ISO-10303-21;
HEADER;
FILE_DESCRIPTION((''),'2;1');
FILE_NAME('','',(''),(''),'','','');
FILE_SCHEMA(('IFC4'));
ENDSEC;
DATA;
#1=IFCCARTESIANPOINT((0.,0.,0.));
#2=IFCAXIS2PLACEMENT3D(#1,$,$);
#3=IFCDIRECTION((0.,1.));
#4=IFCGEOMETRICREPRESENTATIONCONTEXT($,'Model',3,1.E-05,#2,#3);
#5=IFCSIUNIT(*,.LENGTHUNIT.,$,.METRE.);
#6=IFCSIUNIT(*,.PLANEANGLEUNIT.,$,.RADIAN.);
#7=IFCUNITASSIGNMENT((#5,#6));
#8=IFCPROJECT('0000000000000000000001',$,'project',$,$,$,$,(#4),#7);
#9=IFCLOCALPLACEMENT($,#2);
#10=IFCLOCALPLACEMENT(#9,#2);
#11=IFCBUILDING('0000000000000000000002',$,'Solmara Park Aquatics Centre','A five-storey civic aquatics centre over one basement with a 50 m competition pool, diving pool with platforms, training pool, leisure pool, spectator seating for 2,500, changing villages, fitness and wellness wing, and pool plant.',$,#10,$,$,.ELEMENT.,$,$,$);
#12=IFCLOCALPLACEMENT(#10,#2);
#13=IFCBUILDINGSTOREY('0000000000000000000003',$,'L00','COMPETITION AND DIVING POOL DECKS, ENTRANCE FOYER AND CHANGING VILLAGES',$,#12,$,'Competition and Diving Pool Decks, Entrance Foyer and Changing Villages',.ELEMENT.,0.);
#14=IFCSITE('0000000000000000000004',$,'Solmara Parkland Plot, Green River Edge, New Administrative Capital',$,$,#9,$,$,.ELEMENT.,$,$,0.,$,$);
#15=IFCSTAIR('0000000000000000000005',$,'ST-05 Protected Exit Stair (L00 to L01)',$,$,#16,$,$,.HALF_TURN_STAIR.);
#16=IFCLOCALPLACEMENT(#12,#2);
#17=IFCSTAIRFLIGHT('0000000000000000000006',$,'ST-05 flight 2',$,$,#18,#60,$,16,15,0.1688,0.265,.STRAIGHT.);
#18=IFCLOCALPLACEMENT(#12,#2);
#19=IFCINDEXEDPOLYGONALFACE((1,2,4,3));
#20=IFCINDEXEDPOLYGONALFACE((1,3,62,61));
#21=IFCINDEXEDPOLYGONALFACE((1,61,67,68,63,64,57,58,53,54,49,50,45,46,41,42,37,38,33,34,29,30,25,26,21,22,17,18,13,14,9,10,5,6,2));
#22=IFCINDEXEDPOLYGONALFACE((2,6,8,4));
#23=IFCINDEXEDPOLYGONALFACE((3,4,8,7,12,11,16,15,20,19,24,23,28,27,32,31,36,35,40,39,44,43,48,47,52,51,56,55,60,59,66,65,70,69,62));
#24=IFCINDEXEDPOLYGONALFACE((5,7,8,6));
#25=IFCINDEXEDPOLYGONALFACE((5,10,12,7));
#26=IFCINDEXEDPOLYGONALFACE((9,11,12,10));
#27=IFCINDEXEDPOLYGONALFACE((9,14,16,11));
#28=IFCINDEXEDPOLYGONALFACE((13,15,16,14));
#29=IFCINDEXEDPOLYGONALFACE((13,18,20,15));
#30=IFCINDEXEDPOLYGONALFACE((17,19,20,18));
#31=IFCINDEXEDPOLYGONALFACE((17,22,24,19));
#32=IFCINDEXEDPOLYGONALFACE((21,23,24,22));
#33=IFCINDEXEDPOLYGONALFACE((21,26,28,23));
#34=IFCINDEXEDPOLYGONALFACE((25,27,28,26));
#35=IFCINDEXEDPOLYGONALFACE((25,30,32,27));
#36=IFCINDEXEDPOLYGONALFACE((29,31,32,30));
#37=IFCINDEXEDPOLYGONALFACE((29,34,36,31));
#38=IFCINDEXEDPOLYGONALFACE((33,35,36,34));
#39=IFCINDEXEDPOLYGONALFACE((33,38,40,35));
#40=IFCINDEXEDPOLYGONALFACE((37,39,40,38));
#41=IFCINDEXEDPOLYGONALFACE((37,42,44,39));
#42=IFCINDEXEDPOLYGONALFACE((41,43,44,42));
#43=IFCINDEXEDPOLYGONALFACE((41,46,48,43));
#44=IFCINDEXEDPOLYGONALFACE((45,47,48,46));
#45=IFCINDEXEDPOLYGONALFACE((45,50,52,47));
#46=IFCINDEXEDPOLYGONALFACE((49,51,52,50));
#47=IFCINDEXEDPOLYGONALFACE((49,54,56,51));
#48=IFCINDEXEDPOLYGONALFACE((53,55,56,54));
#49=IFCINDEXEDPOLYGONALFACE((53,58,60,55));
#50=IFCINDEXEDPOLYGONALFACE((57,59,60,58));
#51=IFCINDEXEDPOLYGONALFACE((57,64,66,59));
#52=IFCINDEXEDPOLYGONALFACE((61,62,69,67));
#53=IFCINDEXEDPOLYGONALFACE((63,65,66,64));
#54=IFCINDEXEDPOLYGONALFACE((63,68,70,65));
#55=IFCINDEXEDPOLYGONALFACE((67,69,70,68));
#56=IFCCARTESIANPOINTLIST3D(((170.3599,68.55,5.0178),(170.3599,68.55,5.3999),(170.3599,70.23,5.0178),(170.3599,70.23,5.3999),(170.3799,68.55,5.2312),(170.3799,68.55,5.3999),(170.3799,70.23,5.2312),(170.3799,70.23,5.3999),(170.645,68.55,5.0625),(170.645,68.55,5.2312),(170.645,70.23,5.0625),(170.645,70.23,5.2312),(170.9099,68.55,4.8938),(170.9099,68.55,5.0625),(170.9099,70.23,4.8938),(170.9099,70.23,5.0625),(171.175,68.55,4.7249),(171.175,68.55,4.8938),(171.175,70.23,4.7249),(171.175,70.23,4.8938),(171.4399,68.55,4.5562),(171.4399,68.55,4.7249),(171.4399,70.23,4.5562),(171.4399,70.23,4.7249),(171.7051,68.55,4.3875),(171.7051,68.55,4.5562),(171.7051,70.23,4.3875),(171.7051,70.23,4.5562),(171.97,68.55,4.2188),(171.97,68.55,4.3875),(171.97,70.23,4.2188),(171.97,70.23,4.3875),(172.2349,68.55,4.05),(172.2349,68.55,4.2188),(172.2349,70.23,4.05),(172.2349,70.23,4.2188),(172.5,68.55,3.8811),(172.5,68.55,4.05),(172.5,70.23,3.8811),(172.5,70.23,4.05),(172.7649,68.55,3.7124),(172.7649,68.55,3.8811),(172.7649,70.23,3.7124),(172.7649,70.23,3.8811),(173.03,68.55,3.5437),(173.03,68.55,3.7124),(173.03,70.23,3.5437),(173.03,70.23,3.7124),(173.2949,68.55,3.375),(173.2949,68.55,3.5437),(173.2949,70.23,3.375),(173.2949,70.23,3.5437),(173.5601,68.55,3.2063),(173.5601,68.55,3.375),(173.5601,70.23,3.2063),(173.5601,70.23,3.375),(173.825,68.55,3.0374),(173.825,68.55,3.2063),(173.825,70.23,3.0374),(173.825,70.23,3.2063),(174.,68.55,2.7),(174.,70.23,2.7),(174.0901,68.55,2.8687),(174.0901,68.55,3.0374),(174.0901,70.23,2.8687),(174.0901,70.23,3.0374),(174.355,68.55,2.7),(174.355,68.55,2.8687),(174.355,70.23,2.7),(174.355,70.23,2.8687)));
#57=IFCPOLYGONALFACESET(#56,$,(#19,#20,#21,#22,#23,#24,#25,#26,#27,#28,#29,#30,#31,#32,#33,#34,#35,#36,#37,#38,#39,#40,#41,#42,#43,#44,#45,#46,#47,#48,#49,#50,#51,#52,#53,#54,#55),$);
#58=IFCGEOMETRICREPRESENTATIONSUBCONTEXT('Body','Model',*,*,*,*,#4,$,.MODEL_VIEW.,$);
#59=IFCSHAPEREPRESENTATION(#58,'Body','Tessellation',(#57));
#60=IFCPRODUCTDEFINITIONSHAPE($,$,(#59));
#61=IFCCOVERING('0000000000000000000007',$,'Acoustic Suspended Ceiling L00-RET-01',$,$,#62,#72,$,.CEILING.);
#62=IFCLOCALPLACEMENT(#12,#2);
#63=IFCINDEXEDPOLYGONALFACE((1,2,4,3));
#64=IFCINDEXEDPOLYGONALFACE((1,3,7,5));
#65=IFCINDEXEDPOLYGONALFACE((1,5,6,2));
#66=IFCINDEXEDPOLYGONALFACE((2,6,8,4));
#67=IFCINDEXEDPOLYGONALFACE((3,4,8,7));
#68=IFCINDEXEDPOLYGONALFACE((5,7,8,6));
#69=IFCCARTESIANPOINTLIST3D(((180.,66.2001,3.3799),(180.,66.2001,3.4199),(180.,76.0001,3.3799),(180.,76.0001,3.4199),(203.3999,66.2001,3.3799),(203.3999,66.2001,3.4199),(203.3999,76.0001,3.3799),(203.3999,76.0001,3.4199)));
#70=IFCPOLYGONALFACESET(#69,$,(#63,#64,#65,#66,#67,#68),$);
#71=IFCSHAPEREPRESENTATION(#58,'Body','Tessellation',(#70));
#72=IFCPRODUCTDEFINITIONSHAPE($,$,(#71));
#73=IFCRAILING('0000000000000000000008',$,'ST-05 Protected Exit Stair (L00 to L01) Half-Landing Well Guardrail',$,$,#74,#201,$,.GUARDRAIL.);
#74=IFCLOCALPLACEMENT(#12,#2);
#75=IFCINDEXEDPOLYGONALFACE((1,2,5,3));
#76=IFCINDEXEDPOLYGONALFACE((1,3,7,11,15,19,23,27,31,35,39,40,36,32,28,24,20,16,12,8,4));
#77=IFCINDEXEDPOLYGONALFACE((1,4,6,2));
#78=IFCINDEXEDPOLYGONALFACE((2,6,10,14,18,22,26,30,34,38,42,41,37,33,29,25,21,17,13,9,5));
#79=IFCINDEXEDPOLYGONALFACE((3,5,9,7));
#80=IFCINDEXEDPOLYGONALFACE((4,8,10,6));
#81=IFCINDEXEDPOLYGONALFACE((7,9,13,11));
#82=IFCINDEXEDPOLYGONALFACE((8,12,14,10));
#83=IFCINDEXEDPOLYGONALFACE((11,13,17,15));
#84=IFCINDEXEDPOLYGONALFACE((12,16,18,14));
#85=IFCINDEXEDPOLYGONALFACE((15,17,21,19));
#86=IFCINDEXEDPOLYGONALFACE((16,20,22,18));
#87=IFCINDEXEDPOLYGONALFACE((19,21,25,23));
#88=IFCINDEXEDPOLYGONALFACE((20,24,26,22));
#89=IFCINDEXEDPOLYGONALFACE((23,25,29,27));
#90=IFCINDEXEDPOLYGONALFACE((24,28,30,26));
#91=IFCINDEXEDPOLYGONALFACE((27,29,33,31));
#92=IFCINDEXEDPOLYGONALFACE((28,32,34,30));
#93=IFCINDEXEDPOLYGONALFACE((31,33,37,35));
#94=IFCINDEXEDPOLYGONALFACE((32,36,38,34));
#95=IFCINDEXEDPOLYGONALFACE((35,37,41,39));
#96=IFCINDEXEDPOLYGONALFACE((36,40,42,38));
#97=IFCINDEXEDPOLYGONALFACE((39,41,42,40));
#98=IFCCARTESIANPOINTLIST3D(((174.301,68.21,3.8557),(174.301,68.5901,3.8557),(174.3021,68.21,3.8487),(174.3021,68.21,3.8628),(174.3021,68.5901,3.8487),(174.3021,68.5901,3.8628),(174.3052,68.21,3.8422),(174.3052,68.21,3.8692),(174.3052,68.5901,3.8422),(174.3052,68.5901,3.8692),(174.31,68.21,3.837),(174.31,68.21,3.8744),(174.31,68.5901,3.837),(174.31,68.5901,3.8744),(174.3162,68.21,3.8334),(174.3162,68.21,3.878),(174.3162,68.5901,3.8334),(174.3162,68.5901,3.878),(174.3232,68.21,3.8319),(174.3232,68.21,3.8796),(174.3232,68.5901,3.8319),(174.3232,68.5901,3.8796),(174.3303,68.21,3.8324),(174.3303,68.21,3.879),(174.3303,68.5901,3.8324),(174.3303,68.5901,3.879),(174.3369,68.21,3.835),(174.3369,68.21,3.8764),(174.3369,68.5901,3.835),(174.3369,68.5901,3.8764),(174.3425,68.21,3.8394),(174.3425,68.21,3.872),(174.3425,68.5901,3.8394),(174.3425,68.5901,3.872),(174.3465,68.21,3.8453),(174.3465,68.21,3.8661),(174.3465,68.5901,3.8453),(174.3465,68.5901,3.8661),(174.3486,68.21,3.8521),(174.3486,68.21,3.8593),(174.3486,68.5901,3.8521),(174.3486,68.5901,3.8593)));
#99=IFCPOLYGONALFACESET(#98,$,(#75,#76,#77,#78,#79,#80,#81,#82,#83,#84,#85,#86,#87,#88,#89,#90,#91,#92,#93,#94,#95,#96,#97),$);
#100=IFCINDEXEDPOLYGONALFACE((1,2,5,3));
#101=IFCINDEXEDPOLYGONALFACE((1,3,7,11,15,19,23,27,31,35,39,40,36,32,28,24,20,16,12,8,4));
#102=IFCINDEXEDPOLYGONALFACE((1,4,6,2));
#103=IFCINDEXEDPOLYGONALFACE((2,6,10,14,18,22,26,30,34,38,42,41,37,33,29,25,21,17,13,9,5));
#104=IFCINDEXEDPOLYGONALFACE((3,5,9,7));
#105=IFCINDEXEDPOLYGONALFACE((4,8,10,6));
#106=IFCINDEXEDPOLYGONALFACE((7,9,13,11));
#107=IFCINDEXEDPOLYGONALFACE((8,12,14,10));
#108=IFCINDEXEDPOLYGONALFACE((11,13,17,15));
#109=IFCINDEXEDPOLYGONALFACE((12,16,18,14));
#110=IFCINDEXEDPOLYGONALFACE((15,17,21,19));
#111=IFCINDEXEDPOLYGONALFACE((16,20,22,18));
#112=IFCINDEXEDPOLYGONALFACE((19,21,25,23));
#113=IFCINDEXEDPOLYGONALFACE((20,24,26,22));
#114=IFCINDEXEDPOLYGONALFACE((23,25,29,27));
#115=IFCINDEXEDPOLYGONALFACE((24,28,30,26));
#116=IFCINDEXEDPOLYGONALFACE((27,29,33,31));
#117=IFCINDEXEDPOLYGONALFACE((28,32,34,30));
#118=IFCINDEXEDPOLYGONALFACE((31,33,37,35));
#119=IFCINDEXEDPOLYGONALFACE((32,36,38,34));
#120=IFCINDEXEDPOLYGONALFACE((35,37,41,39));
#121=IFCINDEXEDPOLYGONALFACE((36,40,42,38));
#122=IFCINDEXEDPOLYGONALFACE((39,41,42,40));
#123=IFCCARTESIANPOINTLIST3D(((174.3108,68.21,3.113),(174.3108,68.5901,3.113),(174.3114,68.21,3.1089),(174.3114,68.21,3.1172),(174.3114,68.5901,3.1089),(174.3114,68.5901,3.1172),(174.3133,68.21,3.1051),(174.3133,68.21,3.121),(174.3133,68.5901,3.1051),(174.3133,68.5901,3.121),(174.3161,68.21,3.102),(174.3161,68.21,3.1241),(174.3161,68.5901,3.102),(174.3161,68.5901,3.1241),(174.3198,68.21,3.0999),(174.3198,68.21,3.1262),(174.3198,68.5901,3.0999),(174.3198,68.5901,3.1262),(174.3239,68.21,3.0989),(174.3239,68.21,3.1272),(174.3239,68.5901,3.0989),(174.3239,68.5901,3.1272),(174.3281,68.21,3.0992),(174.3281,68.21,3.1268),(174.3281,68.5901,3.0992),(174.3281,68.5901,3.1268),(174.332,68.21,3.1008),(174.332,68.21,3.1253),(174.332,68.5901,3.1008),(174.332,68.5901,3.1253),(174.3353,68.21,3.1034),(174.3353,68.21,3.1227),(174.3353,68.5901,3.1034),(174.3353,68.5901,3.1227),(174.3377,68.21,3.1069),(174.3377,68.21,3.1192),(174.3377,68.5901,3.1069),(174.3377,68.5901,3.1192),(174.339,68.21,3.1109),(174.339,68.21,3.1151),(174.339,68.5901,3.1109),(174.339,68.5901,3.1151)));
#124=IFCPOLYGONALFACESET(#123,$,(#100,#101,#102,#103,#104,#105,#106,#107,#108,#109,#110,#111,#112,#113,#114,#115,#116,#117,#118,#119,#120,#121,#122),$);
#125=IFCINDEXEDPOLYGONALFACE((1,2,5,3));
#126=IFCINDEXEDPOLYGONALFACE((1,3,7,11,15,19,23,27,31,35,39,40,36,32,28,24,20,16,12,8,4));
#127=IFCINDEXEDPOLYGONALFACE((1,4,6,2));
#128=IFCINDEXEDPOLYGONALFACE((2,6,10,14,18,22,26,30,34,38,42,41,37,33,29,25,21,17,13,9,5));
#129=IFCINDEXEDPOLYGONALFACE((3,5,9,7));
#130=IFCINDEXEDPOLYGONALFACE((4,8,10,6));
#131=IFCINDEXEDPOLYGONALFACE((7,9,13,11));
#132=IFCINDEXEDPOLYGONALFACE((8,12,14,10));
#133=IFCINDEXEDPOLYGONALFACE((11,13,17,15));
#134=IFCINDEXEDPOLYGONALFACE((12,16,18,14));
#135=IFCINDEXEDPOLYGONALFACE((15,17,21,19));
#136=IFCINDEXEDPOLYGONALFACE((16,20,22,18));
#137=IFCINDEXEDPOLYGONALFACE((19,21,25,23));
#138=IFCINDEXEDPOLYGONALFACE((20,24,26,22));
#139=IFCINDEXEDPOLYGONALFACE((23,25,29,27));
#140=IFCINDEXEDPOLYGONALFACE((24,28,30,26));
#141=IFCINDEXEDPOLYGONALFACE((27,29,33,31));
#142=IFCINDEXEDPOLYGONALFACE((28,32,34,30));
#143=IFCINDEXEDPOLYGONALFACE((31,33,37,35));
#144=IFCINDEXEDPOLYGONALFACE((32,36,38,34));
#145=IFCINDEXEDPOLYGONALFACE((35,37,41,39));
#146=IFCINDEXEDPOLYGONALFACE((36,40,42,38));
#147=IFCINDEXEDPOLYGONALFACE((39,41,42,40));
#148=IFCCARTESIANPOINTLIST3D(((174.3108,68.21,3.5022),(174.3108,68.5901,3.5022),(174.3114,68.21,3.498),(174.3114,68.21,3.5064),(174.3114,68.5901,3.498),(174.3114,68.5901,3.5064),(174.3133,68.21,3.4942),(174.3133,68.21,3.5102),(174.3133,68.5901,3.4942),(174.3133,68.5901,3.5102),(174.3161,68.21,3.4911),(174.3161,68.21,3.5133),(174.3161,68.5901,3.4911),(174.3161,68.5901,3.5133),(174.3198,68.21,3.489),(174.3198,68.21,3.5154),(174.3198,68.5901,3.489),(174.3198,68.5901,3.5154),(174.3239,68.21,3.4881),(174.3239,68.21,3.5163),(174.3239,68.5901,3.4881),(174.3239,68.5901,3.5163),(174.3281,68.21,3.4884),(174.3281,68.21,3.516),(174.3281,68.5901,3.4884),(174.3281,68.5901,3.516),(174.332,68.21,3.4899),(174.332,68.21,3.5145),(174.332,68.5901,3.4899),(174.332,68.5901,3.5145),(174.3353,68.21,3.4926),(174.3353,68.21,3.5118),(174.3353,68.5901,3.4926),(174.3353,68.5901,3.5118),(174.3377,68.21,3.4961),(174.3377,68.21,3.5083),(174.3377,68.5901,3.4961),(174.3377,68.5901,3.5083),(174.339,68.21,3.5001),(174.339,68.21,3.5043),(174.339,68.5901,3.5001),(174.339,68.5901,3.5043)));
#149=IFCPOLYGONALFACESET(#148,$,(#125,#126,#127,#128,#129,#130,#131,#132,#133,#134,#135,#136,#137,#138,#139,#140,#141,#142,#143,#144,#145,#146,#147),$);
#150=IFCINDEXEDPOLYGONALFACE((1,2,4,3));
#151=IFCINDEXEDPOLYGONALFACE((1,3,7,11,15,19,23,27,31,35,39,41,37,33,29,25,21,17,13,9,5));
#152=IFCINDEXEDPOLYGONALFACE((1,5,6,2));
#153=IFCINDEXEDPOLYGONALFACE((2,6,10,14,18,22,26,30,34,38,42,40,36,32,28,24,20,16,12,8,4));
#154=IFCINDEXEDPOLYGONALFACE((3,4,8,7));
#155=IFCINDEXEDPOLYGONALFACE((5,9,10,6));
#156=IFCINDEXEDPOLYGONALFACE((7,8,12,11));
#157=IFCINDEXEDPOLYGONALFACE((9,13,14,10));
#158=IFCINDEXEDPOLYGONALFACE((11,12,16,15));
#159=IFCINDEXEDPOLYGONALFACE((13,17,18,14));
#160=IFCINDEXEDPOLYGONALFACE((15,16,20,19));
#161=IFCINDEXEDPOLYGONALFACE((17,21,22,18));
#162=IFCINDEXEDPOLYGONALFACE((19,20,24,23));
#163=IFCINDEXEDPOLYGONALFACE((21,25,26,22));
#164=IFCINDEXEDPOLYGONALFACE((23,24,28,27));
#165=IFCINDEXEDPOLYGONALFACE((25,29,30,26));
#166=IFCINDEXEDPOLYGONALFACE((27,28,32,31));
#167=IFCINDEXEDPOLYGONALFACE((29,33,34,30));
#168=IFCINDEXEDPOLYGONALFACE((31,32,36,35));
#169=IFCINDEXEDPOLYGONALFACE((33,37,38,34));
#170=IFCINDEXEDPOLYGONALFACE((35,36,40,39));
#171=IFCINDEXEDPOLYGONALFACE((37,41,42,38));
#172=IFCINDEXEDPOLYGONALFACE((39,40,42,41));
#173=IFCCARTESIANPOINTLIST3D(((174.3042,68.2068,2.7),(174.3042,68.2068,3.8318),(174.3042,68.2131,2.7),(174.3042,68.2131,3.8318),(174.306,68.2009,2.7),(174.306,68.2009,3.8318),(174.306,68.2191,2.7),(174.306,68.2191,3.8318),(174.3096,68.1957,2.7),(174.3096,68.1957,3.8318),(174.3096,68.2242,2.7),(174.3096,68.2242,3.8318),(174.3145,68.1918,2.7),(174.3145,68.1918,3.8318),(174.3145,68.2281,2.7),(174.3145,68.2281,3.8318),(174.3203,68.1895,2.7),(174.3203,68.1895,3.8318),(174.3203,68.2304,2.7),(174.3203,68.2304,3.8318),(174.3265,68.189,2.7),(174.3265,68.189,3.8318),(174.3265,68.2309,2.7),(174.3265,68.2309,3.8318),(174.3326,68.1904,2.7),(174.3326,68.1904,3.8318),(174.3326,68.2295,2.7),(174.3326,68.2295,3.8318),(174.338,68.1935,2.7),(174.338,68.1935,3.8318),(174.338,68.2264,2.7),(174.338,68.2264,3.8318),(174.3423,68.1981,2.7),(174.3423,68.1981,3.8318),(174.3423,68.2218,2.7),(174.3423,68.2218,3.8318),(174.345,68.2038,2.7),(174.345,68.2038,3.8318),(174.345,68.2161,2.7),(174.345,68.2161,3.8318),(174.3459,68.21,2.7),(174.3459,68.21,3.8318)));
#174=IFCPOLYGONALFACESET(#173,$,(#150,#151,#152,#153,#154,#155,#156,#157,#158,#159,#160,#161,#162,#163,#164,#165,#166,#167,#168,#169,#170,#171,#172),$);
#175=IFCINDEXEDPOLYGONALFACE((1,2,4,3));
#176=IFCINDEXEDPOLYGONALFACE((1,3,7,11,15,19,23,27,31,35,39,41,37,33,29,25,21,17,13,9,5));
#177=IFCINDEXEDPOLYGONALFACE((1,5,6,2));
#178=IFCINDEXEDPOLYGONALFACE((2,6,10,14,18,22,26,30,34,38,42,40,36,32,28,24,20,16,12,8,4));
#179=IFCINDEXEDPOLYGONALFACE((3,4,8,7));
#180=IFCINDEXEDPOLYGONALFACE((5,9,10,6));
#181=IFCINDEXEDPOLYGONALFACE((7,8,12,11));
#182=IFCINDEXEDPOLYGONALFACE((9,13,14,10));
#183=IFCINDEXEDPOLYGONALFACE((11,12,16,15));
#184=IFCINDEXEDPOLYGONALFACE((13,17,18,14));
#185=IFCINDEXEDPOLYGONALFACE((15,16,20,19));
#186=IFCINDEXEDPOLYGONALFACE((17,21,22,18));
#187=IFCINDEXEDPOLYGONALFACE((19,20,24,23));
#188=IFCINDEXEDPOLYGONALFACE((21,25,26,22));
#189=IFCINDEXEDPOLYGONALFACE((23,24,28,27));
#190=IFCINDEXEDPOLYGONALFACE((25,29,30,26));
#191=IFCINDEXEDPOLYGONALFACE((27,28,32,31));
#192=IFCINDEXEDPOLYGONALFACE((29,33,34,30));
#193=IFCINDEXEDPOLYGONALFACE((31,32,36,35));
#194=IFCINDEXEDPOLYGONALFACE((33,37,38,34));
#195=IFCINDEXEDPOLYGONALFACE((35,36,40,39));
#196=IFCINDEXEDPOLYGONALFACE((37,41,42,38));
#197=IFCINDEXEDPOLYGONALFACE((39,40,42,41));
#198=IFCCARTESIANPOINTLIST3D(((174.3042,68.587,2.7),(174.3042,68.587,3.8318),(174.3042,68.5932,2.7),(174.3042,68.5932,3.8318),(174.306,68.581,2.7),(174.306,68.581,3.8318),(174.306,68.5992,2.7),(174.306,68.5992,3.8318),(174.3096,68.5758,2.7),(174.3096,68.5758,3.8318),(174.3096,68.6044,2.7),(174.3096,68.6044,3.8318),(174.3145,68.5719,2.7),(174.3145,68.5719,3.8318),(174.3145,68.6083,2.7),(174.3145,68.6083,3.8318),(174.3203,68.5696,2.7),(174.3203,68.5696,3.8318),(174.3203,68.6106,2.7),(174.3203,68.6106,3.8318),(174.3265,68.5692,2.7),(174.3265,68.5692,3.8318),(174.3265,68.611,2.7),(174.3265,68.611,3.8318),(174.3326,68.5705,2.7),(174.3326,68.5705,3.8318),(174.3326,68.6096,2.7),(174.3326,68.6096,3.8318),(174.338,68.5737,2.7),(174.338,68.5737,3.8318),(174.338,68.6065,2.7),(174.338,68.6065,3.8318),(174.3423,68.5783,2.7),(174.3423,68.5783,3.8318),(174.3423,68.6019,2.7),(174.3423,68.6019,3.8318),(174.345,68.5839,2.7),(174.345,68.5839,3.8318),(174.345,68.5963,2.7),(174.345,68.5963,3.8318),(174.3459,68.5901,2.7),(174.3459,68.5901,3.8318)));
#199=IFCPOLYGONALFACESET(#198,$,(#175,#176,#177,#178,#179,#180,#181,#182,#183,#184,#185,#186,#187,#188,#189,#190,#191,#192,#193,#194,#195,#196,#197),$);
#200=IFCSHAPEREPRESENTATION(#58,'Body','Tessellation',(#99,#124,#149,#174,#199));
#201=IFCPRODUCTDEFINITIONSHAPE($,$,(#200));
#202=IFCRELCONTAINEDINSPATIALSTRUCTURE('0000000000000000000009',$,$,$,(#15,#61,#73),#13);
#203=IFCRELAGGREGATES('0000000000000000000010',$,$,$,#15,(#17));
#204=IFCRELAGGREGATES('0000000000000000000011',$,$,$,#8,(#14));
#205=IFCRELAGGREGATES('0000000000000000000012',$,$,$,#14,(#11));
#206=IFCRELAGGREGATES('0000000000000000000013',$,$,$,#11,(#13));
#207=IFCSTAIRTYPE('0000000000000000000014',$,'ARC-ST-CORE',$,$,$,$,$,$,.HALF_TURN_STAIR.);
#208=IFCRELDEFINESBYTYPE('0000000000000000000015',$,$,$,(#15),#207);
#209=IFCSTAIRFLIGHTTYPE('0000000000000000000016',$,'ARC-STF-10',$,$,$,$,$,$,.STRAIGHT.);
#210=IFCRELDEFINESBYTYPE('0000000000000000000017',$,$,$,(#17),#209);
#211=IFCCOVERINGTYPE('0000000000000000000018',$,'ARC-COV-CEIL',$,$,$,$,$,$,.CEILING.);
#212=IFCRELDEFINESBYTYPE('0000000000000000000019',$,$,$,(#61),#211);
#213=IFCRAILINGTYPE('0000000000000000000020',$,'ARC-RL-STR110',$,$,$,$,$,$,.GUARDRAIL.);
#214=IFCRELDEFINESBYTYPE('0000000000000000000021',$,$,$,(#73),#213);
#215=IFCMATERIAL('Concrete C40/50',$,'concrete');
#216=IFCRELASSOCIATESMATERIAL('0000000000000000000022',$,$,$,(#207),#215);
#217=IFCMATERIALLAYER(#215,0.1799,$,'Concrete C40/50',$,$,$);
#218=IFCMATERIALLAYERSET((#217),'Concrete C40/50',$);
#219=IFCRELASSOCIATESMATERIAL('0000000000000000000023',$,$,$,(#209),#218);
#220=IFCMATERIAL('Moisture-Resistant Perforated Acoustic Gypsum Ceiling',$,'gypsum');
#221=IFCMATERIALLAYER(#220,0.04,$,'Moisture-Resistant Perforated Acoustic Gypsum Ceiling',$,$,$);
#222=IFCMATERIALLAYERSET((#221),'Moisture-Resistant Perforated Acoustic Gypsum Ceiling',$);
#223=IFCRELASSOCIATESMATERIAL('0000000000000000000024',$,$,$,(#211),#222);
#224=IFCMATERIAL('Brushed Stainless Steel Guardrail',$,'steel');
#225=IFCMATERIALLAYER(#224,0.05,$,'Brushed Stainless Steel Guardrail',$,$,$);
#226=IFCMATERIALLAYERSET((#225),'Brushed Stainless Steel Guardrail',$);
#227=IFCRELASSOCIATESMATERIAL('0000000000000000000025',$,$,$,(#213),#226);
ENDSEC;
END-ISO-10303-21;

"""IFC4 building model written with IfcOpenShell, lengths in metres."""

from ifc_helpers import new_model, si_unit, direction, frame, origin, origin_2d, place, context, subcontext, project, spatial, polyline, rectangle, circle, outline, extrude, material, layer, layer_set, type_object, element, aggregate, save


model = new_model("IFC4")

# Units and contexts
model_context = context("Model", 3, precision=1e-05, world=origin(), true_north=direction((0.0, 1.0)))
body_context = subcontext(model_context, "Body", "Model", "MODEL_VIEW")
ifc_project = project(units=[si_unit("LENGTHUNIT", "METRE"), si_unit("PLANEANGLEUNIT", "RADIAN")], contexts=[model_context])

# Site, building, storey
site_placement = place(None, origin())
site = spatial("IfcSite", under=ifc_project, at=site_placement, Name="Solmara Parkland Plot, Green River Edge, New Administrative Capital", CompositionType="ELEMENT", RefElevation=0.0)
building_placement = place(site_placement, origin())
building = spatial("IfcBuilding", under=site, at=building_placement, Name="Solmara Park Aquatics Centre", Description="A five-storey civic aquatics centre over one basement with a 50 m competition pool, diving pool with platforms, training pool, leisure pool, spectator seating for 2,500, changing villages, fitness and wellness wing, and pool plant.", CompositionType="ELEMENT")
storey_placement = place(building_placement, origin())
storey = spatial("IfcBuildingStorey", under=building, at=storey_placement, Name="L00", Description="COMPETITION AND DIVING POOL DECKS, ENTRANCE FOYER AND CHANGING VILLAGES", LongName="Competition and Diving Pool Decks, Entrance Foyer and Changing Villages", CompositionType="ELEMENT", Elevation=0.0)

# Shared definitions
ifc_material_1 = material(Name="Concrete C40/50", Category="concrete")

# Stair, stair flight
stair_type = type_object("IfcStairType", Name="ARC-ST-CORE", PredefinedType="HALF_TURN_STAIR", material=ifc_material_1)
stair_placement = place(storey_placement, origin())
stair = element("IfcStair", 1, at=stair_placement, inside=storey, type_object=stair_type, Name="ST-05 Protected Exit Stair (L00 to L01)", PredefinedType="HALF_TURN_STAIR")
ifc_layer_1 = layer(ifc_material_1, 0.1799, Name="Concrete C40/50")
ifc_layer_set_1 = layer_set([ifc_layer_1], Name="Concrete C40/50")
stair_flight_type = type_object("IfcStairFlightType", Name="ARC-STF-10", PredefinedType="STRAIGHT", material=ifc_layer_set_1)
stair_flight_1_placement = place(storey_placement, frame((174.355, 69.3899, 2.7), z_axis=(0.0, 0.0, 1.0), x_axis=(-1.0, 0.0, 0.0)))
stair_flight_1 = element("IfcStairFlight", 2, at=stair_flight_1_placement, type_object=stair_flight_type, Name="ST-05 flight 2", NumberOfRisers=16, NumberOfTreads=15, PredefinedType="STRAIGHT", RiserHeight=0.1688, TreadLength=0.265, context=body_context, shape_type="SweptSolid", body=[
    extrude(outline(polyline([(0.0, 0.0), (0.0, 0.1687), (0.2649, 0.1687), (0.2649, 0.3374), (0.53, 0.3374), (0.53, 0.5063), (0.7949, 0.5063), (0.7949, 0.675), (1.0601, 0.675), (1.0601, 0.8438), (1.325, 0.8438), (1.325, 1.0125), (1.5901, 1.0125), (1.5901, 1.1812), (1.855, 1.1812), (1.855, 1.3501), (2.1201, 1.3501), (2.1201, 1.5188), (2.385, 1.5188), (2.385, 1.6875), (2.6499, 1.6875), (2.6499, 1.8562), (2.915, 1.8562), (2.915, 2.0249), (3.1799, 2.0249), (3.1799, 2.1938), (3.4451, 2.1938), (3.4451, 2.3625), (3.71, 2.3625), (3.71, 2.5312), (3.9751, 2.5312), (3.9751, 2.7), (3.9951, 2.7), (3.9951, 2.3179), (0.355, 0.0), (0.0, 0.0)])), frame((0.0, 0.8398, 0.0), z_axis=(0.0, -1.0, 0.0), x_axis=(1.0, 0.0, 0.0)), (0.0, 0.0, 1.0), 1.6799),
])
aggregate(stair, [stair_flight_1])

# Covering
ifc_material_2 = material(Name="Moisture-Resistant Perforated Acoustic Gypsum Ceiling", Category="gypsum")
ifc_layer_2 = layer(ifc_material_2, 0.04, Name="Moisture-Resistant Perforated Acoustic Gypsum Ceiling")
ifc_layer_set_2 = layer_set([ifc_layer_2], Name="Moisture-Resistant Perforated Acoustic Gypsum Ceiling")
covering_type = type_object("IfcCoveringType", Name="ARC-COV-CEIL", PredefinedType="CEILING", material=ifc_layer_set_2)
covering_placement = place(storey_placement, frame((191.7, 71.1001, 3.3799), z_axis=(0.0, 0.0, 1.0), x_axis=(1.0, 0.0, 0.0)))
element("IfcCovering", 3, at=covering_placement, inside=storey, type_object=covering_type, Name="Acoustic Suspended Ceiling L00-RET-01", PredefinedType="CEILING", context=body_context, shape_type="SweptSolid", body=[
    extrude(rectangle(XDim=23.3999, YDim=9.8, at=origin_2d()), origin(), (0.0, 0.0, 1.0), 0.04),
])

# Railing
ifc_material_3 = material(Name="Brushed Stainless Steel Guardrail", Category="steel")
ifc_layer_3 = layer(ifc_material_3, 0.05, Name="Brushed Stainless Steel Guardrail")
ifc_layer_set_3 = layer_set([ifc_layer_3], Name="Brushed Stainless Steel Guardrail")
railing_type_1 = type_object("IfcRailingType", Name="ARC-RL-STR110", PredefinedType="GUARDRAIL", material=ifc_layer_set_3)
railing_1_placement = place(storey_placement, frame((174.325, 68.21, 2.7)))
element("IfcRailing", 4, at=railing_1_placement, inside=storey, type_object=railing_type_1, Name="ST-05 Protected Exit Stair (L00 to L01) Half-Landing Well Guardrail", PredefinedType="GUARDRAIL", context=body_context, shape_type="SweptSolid", body=[
    extrude(circle(Radius=0.0239, at=origin_2d()), frame((0.0, 0.0, 1.1558), z_axis=(0.0, 1.0, 0.0), x_axis=(-1.0, 0.0, 0.0)), (0.0, 0.0, 1.0), 0.3801),
    extrude(circle(Radius=0.0142, at=origin_2d()), frame((0.0, 0.0, 0.4131), z_axis=(0.0, 1.0, 0.0), x_axis=(-1.0, 0.0, 0.0)), (0.0, 0.0, 1.0), 0.3801),
    extrude(circle(Radius=0.0142, at=origin_2d()), frame((0.0, 0.0, 0.8022), z_axis=(0.0, 1.0, 0.0), x_axis=(-1.0, 0.0, 0.0)), (0.0, 0.0, 1.0), 0.3801),
    extrude(circle(Radius=0.021, at=origin_2d()), origin(), (0.0, 0.0, 1.0), 1.1318),
    extrude(circle(Radius=0.021, at=origin_2d()), frame((0.0, 0.3801, 0.0)), (0.0, 0.0, 1.0), 1.1318),
])

save(model, "model.ifc")
